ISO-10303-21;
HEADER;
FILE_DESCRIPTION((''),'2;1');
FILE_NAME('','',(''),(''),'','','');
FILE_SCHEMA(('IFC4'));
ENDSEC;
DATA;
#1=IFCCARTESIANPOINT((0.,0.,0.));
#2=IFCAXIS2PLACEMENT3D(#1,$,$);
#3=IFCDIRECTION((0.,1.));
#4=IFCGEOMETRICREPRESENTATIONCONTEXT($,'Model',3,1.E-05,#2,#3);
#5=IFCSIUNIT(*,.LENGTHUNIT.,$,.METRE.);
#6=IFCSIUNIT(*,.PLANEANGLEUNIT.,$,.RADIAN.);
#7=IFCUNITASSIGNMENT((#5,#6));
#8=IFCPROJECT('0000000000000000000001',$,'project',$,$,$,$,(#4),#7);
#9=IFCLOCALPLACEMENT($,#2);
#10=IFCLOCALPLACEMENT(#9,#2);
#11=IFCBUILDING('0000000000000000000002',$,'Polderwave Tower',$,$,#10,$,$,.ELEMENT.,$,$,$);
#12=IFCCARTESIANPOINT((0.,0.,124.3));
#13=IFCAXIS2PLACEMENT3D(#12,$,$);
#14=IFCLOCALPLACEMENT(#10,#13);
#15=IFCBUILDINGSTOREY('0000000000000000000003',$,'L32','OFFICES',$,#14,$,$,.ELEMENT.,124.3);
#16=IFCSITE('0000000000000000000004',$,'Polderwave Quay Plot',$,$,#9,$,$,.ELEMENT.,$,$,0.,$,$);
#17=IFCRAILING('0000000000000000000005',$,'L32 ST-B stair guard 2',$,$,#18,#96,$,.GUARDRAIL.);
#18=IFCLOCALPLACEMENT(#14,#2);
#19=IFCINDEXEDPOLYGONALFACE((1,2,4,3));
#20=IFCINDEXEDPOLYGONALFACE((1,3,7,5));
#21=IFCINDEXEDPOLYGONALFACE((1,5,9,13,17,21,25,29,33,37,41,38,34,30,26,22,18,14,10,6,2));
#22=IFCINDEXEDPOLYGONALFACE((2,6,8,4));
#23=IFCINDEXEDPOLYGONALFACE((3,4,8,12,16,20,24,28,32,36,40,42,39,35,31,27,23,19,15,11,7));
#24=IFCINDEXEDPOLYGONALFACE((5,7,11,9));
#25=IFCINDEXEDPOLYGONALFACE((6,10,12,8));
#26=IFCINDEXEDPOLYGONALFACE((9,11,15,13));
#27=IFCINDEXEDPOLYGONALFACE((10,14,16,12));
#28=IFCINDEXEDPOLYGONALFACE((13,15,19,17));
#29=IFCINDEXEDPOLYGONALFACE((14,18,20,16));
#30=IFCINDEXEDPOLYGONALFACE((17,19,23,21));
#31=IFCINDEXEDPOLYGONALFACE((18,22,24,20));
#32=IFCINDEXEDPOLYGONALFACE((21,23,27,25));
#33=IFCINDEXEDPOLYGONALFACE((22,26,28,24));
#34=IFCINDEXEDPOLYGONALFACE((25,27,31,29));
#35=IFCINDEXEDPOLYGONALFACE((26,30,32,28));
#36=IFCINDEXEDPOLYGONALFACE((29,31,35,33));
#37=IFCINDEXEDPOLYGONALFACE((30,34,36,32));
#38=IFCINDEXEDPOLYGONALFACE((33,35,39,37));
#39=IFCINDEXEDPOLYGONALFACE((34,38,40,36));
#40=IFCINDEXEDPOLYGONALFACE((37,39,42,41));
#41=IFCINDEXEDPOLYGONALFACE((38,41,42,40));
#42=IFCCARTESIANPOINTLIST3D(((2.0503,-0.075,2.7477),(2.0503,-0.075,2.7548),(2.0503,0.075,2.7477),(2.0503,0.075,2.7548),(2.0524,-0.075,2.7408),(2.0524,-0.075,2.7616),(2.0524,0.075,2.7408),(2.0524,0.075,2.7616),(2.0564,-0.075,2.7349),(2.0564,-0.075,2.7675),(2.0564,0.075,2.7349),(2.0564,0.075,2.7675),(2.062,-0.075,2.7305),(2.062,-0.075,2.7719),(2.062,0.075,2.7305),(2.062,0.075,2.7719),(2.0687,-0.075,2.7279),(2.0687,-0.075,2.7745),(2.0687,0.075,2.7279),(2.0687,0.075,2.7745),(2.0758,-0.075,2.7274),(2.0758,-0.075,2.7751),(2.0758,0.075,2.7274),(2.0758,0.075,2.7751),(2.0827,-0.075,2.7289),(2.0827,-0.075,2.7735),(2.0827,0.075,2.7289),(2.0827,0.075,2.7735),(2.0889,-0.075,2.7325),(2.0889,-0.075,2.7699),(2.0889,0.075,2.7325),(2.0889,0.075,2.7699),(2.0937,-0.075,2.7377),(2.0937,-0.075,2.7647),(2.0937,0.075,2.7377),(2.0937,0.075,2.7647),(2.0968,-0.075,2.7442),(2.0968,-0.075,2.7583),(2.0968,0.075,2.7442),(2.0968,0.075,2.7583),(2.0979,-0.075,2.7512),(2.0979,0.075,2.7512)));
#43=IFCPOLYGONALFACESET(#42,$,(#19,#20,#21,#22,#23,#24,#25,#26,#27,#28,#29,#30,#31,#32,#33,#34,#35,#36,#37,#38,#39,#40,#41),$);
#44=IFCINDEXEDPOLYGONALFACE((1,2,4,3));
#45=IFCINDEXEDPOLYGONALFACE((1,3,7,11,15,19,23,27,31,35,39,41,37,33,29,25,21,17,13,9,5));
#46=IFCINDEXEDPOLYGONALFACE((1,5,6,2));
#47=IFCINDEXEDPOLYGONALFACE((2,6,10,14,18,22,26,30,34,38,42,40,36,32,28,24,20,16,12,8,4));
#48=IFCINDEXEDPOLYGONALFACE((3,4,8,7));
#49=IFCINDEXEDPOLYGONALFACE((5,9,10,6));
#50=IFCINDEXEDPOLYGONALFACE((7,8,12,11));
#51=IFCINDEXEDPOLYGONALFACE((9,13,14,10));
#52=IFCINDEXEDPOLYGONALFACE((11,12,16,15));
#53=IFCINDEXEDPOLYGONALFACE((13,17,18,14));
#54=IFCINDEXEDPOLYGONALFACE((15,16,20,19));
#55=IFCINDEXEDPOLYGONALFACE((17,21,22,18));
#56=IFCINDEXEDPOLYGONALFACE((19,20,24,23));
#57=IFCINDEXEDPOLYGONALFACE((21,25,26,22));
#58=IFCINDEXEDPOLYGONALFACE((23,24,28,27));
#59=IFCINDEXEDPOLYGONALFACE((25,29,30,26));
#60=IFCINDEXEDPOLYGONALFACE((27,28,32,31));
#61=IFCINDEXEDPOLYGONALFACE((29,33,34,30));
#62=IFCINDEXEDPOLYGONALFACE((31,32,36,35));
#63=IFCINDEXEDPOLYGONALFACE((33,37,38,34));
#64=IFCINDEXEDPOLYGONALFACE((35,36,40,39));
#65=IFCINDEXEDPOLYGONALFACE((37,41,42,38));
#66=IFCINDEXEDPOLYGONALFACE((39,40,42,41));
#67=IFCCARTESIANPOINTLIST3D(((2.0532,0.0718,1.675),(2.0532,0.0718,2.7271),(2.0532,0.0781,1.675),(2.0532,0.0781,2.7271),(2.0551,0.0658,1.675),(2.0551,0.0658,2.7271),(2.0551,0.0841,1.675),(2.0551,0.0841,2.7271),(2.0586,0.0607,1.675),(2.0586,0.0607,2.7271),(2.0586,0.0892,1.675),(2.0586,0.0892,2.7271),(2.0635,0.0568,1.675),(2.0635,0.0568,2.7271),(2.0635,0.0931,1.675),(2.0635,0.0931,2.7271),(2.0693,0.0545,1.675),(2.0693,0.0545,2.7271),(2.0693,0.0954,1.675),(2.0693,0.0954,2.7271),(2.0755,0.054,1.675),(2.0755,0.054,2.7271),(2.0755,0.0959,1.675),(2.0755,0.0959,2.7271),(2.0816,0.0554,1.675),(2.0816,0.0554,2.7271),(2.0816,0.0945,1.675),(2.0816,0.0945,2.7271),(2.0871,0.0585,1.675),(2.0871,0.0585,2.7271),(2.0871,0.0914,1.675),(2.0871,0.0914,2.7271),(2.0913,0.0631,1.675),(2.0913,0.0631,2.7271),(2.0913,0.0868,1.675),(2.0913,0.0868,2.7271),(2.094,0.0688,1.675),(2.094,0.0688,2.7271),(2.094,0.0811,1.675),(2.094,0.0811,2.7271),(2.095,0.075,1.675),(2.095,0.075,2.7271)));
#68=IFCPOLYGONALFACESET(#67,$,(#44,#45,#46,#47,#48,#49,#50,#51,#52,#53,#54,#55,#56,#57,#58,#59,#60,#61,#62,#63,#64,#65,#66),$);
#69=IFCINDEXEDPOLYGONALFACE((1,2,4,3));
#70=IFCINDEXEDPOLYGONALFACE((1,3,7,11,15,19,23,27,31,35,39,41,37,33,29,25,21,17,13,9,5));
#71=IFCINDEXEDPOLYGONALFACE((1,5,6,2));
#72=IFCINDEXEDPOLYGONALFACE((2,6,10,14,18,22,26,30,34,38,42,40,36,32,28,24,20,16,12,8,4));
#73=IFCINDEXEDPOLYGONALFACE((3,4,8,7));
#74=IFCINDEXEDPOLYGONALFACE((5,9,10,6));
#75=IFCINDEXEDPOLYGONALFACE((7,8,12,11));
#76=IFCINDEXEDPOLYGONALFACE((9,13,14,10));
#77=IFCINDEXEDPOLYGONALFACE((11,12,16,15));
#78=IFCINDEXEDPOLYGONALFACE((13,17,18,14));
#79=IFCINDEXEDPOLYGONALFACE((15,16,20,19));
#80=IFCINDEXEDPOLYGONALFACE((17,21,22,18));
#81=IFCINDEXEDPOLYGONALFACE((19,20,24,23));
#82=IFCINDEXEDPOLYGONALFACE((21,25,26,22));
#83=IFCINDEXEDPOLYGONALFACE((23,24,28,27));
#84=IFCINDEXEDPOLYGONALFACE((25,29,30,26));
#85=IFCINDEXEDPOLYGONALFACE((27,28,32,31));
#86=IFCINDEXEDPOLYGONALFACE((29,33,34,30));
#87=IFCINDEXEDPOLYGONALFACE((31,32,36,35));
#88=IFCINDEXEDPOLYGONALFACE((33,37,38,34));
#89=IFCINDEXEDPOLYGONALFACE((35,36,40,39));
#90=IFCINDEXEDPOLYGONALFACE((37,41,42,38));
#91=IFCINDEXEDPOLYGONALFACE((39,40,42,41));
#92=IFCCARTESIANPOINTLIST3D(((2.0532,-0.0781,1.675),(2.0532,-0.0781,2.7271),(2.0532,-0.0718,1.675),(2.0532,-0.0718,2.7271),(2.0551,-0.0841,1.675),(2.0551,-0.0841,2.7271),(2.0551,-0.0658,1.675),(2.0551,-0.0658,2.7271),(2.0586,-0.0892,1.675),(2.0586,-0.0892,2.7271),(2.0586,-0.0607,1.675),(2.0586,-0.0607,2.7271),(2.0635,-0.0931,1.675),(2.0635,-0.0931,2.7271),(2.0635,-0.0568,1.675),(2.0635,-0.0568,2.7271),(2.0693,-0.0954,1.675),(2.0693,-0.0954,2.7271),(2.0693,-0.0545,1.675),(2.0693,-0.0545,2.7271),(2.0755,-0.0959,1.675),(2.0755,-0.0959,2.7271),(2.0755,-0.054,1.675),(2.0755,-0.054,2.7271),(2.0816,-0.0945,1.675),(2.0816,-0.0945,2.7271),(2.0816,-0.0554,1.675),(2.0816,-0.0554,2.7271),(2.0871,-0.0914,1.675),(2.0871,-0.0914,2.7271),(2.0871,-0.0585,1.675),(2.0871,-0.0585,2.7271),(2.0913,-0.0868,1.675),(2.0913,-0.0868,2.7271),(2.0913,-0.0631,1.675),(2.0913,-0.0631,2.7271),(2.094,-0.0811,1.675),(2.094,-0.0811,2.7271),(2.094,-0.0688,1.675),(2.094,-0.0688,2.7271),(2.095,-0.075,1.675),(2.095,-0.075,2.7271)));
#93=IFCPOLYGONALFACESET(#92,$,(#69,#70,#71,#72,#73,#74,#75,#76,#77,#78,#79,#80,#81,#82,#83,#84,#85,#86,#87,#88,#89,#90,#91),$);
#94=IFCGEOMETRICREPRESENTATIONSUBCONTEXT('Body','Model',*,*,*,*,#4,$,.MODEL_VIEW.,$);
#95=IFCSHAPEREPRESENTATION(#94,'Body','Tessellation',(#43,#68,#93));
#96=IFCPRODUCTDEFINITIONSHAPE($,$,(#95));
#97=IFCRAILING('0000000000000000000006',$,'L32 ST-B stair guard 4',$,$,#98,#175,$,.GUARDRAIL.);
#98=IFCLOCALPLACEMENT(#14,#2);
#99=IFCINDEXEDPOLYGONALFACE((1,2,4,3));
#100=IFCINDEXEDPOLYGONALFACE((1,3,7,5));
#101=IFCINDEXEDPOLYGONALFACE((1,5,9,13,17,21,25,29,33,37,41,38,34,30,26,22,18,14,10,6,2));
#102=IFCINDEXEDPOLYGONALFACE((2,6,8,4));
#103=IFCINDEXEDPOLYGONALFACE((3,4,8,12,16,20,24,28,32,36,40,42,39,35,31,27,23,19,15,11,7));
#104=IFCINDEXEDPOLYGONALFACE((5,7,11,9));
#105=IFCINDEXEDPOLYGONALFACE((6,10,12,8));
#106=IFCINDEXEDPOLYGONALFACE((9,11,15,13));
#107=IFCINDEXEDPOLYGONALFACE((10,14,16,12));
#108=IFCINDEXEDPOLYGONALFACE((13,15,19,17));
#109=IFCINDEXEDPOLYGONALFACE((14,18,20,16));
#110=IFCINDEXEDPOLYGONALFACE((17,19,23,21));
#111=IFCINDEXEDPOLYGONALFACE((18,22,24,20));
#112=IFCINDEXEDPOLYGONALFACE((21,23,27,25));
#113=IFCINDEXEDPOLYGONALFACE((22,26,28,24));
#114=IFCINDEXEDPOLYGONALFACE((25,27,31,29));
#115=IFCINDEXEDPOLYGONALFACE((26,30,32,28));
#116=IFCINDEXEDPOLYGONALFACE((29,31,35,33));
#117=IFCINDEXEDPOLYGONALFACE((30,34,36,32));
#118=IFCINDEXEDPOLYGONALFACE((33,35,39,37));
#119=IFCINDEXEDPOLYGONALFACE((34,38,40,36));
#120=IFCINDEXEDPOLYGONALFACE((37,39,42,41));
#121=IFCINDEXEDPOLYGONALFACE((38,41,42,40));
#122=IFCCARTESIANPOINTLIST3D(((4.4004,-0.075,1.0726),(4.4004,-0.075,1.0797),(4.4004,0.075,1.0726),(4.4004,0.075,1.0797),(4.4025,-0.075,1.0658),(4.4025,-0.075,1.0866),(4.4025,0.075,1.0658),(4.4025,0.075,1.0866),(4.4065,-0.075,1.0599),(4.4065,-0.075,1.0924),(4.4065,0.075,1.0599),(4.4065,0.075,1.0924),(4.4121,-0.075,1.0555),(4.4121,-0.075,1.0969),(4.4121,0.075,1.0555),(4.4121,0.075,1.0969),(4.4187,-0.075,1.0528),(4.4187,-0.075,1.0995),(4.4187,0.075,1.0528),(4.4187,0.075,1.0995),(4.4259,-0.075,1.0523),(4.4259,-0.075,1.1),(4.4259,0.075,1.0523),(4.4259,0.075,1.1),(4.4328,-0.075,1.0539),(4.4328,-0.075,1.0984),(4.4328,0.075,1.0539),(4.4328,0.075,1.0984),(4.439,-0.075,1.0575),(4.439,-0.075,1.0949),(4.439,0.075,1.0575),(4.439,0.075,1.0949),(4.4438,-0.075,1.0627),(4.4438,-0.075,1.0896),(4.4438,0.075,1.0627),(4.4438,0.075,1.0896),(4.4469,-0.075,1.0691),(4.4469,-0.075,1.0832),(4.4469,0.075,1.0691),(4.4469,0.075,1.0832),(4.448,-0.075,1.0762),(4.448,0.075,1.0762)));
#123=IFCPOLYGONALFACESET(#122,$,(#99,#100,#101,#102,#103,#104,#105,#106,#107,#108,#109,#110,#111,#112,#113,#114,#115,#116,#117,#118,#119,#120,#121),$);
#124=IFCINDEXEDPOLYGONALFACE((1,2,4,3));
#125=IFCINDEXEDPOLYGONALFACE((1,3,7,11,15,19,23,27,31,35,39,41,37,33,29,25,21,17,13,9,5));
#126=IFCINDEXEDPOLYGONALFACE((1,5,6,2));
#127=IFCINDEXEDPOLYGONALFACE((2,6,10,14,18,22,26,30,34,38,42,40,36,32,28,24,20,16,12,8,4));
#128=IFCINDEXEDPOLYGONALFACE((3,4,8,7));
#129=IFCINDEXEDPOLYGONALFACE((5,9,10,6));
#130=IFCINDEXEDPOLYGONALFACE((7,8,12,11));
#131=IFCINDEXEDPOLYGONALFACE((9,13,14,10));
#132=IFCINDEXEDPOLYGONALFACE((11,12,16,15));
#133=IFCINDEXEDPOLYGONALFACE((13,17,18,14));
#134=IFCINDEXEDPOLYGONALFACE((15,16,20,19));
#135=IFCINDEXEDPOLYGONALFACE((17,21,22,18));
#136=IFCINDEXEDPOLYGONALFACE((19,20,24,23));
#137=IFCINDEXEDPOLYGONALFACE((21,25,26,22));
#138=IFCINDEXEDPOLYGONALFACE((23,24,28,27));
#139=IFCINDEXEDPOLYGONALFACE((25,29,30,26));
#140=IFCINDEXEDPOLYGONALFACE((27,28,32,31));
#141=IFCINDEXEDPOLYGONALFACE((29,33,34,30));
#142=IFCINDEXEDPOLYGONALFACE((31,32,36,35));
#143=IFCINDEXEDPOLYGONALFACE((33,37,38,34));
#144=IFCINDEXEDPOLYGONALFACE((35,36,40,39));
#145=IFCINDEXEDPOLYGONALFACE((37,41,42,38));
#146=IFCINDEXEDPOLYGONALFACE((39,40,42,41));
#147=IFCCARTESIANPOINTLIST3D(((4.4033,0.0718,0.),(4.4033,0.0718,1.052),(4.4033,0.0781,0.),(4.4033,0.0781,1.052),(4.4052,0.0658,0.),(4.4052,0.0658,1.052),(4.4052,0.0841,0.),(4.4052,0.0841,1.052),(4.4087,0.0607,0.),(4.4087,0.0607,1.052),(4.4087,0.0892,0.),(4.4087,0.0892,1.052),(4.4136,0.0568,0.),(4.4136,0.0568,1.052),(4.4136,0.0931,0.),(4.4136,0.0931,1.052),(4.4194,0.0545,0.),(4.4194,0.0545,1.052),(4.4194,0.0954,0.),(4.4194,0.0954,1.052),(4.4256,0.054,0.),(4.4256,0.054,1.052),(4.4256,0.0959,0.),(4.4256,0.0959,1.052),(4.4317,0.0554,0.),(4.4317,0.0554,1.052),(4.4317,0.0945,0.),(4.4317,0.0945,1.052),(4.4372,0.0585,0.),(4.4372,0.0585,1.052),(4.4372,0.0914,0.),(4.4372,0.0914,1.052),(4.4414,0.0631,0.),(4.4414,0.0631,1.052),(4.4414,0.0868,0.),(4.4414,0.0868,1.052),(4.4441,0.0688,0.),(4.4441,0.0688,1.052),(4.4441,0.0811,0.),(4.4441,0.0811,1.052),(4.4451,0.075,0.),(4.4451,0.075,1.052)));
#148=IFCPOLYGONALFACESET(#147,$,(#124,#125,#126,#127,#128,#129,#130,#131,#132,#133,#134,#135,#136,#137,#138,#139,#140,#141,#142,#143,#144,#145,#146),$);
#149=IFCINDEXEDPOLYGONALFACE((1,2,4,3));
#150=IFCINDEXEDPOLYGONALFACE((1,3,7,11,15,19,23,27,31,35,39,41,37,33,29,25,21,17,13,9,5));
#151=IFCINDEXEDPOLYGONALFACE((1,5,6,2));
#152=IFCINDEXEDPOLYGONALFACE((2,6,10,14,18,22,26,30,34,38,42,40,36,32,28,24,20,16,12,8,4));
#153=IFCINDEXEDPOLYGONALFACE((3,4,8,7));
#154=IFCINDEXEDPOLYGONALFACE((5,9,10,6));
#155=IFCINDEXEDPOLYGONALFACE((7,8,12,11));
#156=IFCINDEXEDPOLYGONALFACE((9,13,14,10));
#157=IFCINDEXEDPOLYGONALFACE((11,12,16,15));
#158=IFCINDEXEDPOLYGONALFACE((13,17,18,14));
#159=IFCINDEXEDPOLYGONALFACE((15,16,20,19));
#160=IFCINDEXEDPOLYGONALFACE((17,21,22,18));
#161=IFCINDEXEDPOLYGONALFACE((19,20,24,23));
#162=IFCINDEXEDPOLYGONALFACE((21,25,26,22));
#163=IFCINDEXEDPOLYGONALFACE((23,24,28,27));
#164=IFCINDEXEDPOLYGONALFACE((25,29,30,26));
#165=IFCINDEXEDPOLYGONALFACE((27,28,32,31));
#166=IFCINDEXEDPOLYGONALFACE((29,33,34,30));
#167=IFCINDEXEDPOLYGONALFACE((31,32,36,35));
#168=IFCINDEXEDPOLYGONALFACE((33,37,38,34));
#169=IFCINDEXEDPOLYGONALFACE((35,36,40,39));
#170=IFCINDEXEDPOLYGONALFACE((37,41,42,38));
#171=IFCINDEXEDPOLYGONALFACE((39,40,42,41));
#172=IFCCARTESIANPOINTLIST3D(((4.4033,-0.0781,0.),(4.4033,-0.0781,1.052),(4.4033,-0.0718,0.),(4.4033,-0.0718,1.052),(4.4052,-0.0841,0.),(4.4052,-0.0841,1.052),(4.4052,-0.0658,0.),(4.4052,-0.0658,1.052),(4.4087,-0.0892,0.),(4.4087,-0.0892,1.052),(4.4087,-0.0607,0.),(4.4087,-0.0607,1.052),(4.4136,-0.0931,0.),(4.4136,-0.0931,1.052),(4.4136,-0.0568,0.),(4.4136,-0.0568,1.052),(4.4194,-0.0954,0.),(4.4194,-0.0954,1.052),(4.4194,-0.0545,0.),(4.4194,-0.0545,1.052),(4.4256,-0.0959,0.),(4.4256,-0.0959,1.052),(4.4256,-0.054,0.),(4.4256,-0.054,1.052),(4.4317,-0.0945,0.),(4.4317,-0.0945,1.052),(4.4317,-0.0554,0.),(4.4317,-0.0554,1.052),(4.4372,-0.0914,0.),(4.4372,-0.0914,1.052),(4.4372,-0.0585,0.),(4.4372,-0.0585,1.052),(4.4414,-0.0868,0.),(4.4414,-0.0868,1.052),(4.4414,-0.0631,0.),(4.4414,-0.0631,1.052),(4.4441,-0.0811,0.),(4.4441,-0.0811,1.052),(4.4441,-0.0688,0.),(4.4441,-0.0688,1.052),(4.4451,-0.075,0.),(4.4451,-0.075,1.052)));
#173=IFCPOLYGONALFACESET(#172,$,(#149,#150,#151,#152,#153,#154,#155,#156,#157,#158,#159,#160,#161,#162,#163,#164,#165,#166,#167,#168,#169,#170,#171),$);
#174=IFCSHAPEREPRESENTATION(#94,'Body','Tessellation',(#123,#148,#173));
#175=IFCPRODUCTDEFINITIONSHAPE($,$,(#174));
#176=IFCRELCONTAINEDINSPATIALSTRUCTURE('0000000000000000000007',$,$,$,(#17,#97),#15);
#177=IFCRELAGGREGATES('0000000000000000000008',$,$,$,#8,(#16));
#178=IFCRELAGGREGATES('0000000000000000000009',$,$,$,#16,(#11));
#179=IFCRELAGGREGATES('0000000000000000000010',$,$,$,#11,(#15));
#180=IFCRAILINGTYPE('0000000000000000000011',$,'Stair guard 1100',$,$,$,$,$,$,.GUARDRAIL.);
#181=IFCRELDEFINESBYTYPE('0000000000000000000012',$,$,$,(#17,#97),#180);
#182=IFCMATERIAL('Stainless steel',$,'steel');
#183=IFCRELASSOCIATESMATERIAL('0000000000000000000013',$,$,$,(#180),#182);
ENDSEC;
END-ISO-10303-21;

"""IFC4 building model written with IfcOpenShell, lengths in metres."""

from ifc_helpers import new_model, si_unit, direction, frame, origin, origin_2d, place, context, subcontext, project, spatial, circle, extrude, material, type_object, element, save


model = new_model("IFC4")

# Units and contexts
model_context = context("Model", 3, precision=1e-05, world=origin(), true_north=direction((0.0, 1.0)))
body_context = subcontext(model_context, "Body", "Model", "MODEL_VIEW")
ifc_project = project(units=[si_unit("LENGTHUNIT", "METRE"), si_unit("PLANEANGLEUNIT", "RADIAN")], contexts=[model_context])

# Site, building, storey
site_placement = place(None, origin())
site = spatial("IfcSite", under=ifc_project, at=site_placement, Name="Polderwave Quay Plot", CompositionType="ELEMENT", RefElevation=0.0)
building_placement = place(site_placement, origin())
building = spatial("IfcBuilding", under=site, at=building_placement, Name="Polderwave Tower", CompositionType="ELEMENT")
storey_placement = place(building_placement, frame((0.0, 0.0, 124.3)))
storey = spatial("IfcBuildingStorey", under=building, at=storey_placement, Name="L32", Description="OFFICES", CompositionType="ELEMENT", Elevation=124.3)

# Shared definitions
ifc_material_1 = material(Name="Stainless steel", Category="steel")

# Railings
railing_type_1 = type_object("IfcRailingType", Name="Stair guard 1100", PredefinedType="GUARDRAIL", material=ifc_material_1)
for number, where, name in (
    (1, (2.074, 0.075, 1.675), "L32 ST-B stair guard 2"),
    (2, (4.4241, 0.075, 0.0), "L32 ST-B stair guard 4"),
):
    element("IfcRailing", number, at=place(storey_placement, frame(where)), inside=storey, type_object=railing_type_1, Name=name, PredefinedType="GUARDRAIL", context=body_context, shape_type="SweptSolid", body=[
        extrude(circle(Radius=0.0239, at=origin_2d()), frame((0.0, 0.0, 1.0762), z_axis=(0.0, -1.0, 0.0), x_axis=(1.0, 0.0, 0.0)), (0.0, 0.0, 1.0), 0.1499),
        extrude(circle(Radius=0.021, at=origin_2d()), origin(), (0.0, 0.0, 1.0), 1.052),
        extrude(circle(Radius=0.021, at=origin_2d()), frame((0.0, -0.1499, 0.0)), (0.0, 0.0, 1.0), 1.052),
    ])

save(model, "model.ifc")
